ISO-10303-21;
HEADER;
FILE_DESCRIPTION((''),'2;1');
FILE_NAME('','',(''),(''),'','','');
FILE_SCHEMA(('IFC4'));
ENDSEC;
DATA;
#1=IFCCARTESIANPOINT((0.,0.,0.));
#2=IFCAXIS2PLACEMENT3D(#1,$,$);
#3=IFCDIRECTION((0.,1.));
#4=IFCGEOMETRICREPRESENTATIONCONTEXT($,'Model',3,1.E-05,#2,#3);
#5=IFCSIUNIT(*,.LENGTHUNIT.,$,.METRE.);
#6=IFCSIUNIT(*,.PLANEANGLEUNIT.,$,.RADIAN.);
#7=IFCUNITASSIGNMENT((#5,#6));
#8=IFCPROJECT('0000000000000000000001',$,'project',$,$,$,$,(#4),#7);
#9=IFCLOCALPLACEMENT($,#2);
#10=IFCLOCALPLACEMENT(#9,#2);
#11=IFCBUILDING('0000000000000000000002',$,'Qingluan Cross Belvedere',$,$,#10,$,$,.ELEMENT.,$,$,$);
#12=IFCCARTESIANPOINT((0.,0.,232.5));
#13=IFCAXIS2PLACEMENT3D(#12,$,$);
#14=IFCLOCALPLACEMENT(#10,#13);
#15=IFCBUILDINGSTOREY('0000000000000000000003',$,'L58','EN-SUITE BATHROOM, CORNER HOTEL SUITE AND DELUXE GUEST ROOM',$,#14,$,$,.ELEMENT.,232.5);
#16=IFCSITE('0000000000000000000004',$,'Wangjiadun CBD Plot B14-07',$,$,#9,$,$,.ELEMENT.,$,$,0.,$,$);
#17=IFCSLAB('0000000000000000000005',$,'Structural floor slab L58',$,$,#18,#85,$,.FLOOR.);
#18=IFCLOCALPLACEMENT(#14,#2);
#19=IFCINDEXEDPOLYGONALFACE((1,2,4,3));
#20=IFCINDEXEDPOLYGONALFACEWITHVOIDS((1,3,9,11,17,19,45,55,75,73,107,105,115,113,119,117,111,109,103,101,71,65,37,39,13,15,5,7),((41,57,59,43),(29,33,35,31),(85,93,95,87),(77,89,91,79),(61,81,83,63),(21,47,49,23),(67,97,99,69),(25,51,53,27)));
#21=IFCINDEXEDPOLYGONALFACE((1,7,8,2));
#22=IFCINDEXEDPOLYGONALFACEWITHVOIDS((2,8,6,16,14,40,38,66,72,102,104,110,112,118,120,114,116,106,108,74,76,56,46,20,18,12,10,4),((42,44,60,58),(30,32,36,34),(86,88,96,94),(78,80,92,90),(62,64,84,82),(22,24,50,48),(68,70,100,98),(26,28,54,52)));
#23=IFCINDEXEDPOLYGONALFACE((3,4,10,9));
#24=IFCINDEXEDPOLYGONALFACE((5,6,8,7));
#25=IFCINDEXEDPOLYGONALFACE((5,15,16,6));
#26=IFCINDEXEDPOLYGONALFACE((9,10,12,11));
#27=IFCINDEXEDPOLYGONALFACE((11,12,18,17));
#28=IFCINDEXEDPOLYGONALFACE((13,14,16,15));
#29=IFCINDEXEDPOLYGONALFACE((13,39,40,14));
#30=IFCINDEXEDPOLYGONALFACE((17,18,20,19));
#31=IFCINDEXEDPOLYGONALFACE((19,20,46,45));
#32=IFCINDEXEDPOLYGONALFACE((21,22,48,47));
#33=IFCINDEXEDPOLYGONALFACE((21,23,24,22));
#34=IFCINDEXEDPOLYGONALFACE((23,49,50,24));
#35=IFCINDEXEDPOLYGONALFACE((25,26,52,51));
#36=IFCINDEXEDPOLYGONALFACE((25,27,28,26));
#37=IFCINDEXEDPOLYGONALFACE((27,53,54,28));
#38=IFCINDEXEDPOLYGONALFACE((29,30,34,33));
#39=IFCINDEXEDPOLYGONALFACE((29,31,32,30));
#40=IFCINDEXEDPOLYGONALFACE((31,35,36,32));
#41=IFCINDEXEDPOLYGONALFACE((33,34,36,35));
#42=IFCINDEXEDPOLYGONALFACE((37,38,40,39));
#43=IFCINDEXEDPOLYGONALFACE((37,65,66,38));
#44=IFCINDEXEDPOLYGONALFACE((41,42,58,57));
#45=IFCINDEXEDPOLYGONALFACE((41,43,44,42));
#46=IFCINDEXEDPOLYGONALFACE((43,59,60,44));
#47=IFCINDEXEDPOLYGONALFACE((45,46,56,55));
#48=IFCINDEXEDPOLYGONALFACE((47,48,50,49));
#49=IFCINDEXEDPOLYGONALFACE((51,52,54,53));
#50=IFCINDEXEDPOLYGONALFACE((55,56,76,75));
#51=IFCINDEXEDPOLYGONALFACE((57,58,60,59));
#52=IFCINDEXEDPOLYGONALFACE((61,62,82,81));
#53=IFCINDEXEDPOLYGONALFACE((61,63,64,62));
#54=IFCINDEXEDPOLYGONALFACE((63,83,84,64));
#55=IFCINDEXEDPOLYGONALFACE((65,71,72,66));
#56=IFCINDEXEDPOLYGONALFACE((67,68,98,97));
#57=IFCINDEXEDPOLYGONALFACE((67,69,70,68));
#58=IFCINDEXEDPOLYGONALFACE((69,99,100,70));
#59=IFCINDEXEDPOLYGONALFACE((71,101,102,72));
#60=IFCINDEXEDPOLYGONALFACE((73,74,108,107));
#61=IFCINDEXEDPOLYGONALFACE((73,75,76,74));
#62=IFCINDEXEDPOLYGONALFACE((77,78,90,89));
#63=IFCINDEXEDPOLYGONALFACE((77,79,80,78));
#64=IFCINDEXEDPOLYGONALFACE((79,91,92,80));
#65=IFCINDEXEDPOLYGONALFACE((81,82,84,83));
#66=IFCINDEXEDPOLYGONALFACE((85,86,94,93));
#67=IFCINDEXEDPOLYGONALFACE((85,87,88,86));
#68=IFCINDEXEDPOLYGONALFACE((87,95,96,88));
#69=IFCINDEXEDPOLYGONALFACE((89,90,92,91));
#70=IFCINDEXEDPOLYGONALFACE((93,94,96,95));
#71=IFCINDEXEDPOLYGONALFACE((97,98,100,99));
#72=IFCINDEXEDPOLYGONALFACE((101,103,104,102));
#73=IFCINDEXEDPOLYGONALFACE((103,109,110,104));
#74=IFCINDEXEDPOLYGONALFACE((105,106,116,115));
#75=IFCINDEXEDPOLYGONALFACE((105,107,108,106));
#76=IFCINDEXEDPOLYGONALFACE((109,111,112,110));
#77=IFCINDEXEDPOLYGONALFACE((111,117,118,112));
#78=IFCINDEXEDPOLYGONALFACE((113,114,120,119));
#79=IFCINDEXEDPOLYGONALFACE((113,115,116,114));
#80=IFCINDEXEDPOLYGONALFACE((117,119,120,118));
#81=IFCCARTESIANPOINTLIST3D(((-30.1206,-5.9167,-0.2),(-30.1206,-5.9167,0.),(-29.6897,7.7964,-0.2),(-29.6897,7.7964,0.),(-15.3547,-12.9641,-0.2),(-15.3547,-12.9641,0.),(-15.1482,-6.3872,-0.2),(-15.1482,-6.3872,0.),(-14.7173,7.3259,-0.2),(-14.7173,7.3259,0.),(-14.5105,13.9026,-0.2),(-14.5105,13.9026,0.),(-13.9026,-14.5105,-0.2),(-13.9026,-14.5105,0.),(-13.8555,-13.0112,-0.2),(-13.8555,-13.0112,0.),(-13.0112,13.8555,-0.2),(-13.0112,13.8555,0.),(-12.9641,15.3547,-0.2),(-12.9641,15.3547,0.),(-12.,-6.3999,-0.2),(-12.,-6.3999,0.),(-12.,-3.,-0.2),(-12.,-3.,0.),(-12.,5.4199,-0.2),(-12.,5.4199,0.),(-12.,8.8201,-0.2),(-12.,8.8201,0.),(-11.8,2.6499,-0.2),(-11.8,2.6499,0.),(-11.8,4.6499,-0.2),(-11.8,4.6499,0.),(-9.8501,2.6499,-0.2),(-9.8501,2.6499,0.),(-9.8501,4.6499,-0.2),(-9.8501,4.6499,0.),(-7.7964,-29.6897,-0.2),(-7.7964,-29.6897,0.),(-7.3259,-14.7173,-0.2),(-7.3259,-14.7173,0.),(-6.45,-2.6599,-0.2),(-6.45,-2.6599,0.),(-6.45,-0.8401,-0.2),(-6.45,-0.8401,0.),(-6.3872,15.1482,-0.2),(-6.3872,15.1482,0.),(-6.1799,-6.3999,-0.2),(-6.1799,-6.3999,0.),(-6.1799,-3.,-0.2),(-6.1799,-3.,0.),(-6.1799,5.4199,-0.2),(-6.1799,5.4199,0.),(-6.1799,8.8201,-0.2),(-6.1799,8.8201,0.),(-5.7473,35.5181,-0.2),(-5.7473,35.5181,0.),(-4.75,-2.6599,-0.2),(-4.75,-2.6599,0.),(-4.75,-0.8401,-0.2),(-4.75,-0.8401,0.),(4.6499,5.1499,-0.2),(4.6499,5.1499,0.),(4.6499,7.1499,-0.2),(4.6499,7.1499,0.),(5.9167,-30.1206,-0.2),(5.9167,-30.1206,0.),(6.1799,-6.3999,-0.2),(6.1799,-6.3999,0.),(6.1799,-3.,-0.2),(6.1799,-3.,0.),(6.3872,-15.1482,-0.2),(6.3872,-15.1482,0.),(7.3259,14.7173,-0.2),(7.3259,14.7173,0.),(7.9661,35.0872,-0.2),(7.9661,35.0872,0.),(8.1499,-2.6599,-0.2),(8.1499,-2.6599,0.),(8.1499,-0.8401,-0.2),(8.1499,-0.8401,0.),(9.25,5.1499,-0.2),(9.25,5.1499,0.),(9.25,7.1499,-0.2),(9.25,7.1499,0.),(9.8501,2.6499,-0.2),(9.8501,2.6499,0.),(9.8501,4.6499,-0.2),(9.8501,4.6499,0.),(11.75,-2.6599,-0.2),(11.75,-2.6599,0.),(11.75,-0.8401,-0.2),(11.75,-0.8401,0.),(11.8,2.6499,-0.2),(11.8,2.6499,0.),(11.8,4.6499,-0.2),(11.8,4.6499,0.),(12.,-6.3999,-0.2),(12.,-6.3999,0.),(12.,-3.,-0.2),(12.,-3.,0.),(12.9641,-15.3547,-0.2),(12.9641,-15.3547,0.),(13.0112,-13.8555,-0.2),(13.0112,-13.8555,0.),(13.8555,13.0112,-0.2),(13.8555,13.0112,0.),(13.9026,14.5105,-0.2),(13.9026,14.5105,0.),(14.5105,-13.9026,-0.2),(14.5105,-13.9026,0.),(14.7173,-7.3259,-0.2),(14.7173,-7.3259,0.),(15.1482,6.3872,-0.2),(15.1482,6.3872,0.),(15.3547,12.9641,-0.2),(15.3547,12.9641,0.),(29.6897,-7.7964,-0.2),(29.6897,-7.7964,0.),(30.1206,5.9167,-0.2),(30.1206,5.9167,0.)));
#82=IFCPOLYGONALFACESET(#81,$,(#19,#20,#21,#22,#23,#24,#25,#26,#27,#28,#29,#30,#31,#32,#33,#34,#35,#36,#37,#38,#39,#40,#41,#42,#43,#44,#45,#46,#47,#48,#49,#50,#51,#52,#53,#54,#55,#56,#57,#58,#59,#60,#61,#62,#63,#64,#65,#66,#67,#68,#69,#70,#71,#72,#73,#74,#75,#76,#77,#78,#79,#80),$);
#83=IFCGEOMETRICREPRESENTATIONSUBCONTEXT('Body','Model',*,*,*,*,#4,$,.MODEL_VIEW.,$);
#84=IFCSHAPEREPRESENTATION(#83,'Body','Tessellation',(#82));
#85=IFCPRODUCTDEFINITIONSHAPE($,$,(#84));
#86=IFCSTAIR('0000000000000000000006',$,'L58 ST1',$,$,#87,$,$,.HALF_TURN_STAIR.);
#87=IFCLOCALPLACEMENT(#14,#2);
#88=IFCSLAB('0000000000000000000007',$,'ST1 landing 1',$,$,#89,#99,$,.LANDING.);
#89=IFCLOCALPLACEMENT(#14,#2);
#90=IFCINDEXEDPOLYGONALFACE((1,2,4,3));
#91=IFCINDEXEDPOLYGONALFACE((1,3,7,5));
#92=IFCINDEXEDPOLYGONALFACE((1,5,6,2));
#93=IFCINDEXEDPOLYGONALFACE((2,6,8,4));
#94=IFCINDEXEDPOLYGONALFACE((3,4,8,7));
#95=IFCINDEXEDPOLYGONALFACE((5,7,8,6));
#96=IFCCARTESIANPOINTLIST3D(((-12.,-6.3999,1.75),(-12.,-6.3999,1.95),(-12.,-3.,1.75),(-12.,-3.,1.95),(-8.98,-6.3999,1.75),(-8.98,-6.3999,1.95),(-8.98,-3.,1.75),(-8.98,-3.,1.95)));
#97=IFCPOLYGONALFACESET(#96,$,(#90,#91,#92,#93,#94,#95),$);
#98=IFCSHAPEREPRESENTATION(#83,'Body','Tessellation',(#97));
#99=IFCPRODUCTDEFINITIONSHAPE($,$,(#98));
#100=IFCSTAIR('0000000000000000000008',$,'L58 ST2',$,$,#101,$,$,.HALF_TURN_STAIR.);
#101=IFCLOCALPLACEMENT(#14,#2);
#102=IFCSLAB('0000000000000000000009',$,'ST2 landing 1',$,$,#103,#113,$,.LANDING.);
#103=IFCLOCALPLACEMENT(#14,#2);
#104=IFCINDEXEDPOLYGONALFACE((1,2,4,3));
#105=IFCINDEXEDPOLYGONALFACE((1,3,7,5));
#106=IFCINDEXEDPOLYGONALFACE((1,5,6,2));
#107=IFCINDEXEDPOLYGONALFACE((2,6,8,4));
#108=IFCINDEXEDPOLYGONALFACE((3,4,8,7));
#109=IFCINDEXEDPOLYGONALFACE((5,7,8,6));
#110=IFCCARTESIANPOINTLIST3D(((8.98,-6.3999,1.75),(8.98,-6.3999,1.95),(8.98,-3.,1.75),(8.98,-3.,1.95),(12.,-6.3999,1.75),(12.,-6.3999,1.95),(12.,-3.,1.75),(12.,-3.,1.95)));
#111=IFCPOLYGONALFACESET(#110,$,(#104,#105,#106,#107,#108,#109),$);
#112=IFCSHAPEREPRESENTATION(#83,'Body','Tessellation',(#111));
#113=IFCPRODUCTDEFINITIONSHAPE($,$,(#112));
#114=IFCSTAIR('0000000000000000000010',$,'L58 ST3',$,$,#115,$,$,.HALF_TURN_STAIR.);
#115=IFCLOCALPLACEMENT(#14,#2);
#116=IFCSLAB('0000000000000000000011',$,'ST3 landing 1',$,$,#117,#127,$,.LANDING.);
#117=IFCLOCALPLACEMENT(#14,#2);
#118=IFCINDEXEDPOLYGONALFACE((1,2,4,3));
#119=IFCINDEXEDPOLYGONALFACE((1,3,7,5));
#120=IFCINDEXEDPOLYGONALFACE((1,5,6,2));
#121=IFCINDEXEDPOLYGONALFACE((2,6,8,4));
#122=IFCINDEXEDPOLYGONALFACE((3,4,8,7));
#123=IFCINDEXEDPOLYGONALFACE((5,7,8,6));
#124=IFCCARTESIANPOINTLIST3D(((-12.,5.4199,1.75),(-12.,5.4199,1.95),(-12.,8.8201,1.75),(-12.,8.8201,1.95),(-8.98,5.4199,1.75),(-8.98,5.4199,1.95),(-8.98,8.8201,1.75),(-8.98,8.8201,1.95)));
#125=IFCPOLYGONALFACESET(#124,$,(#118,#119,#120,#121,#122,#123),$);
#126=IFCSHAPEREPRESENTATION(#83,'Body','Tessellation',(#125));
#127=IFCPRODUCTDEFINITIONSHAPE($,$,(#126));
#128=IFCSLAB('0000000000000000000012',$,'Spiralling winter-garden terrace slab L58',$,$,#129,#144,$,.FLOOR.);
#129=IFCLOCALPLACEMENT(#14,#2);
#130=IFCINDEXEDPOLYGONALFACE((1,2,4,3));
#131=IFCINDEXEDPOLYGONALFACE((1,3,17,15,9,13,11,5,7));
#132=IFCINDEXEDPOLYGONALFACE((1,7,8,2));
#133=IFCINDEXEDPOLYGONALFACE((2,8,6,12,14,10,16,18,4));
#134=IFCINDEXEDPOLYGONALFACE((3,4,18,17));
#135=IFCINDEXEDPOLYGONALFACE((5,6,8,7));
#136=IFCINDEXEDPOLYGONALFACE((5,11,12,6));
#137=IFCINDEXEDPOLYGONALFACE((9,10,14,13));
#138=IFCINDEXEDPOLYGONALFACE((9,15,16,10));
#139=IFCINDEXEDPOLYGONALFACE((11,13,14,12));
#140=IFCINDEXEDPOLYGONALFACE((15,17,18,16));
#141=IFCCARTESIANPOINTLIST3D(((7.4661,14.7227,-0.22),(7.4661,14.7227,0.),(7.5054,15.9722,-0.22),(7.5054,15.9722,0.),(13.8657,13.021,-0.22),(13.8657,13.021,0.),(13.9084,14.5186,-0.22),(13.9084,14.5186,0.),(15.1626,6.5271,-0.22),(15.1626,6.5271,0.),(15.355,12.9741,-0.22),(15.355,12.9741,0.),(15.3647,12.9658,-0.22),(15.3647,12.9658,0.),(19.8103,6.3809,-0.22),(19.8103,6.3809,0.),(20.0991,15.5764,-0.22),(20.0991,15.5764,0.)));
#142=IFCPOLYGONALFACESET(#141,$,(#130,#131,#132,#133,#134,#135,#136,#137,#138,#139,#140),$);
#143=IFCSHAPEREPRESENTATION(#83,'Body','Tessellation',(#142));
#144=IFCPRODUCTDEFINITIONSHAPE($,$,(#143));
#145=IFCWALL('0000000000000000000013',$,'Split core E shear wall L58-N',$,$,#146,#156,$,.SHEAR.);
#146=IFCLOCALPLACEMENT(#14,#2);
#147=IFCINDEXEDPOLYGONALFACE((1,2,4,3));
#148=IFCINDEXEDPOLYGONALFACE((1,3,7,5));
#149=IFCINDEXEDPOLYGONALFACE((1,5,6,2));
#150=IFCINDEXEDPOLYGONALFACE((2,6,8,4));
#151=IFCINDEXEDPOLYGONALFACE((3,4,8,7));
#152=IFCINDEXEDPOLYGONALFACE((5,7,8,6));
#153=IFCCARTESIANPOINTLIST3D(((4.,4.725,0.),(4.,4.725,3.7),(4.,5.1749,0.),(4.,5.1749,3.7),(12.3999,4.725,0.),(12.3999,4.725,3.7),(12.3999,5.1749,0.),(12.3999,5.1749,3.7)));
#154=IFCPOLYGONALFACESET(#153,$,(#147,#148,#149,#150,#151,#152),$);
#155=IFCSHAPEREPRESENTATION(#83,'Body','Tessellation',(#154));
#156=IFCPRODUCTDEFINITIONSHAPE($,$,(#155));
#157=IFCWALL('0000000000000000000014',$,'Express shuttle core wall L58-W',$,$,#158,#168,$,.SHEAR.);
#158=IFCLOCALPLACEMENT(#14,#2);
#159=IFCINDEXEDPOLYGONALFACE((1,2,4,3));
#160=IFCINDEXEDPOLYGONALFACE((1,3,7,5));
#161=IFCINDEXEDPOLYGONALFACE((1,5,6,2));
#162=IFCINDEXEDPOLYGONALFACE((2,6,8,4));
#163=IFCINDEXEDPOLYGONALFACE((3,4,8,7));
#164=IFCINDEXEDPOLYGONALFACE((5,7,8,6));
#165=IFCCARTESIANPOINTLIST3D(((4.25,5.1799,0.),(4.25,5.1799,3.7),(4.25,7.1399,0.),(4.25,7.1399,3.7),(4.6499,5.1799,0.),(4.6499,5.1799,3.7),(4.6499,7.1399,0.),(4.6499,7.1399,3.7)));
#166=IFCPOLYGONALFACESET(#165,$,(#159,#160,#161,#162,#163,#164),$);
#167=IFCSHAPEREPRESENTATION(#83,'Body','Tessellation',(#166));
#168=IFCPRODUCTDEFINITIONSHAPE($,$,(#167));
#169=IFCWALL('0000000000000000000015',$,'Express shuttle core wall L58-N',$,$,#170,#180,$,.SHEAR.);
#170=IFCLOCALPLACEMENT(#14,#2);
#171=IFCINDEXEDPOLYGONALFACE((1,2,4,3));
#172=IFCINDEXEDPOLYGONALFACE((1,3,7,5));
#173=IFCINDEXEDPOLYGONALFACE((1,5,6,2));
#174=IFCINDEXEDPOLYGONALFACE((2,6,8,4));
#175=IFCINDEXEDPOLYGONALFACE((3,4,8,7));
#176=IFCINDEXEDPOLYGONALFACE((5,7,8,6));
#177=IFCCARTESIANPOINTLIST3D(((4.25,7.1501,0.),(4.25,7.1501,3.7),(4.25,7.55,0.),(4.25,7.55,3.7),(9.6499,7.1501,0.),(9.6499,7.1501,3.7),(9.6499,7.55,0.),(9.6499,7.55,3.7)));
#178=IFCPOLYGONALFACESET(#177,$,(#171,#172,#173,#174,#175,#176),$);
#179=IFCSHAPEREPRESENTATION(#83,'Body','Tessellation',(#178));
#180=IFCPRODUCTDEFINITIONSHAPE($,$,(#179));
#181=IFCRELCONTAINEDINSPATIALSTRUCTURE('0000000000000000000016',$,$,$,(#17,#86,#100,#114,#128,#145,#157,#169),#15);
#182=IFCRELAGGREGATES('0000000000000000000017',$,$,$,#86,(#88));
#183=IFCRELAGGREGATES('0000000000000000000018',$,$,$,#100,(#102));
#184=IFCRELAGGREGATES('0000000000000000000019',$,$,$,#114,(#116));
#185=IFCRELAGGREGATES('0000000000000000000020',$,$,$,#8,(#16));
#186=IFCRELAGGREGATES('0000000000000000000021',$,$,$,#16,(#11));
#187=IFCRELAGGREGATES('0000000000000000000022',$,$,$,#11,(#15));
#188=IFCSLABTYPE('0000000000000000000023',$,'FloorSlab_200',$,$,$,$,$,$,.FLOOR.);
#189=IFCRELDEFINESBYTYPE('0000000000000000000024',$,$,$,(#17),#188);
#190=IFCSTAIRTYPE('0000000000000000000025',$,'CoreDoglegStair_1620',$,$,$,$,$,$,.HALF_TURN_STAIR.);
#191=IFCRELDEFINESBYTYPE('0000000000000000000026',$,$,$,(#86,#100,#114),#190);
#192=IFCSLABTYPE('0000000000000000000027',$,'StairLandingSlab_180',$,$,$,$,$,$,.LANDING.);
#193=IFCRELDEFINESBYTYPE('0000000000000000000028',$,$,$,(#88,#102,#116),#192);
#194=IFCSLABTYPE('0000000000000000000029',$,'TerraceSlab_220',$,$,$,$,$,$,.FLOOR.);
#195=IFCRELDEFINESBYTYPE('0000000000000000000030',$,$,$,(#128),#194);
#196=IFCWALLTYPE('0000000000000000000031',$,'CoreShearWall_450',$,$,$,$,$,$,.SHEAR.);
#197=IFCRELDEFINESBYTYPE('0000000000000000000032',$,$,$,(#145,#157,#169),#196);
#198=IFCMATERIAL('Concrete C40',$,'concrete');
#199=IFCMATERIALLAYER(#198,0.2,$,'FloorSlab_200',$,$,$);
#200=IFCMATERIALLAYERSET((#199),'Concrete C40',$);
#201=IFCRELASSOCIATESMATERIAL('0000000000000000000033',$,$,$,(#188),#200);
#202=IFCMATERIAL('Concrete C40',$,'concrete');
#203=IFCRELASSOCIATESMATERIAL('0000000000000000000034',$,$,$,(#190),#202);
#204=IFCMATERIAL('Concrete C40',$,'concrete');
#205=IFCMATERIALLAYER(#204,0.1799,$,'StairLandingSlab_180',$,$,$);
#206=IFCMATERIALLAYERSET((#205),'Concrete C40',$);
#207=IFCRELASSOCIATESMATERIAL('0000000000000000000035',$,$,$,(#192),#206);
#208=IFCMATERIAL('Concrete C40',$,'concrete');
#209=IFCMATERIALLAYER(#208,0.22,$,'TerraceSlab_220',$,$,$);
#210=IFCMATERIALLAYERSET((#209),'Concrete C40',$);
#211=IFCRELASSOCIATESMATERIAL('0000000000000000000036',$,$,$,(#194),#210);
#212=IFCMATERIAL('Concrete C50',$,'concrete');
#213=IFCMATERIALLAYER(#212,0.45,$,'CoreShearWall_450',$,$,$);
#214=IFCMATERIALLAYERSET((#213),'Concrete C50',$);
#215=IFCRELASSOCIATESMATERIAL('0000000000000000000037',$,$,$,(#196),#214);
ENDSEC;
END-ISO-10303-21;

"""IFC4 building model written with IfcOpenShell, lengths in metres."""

from ifc_helpers import new_model, si_unit, direction, frame, frame_2d, origin, place, context, subcontext, project, spatial, polyline, rectangle, outline, extrude, material, layer, layer_set, type_object, element, aggregate, save


model = new_model("IFC4")

# Units and contexts
model_context = context("Model", 3, precision=1e-05, world=origin(), true_north=direction((0.0, 1.0)))
body_context = subcontext(model_context, "Body", "Model", "MODEL_VIEW")
ifc_project = project(units=[si_unit("LENGTHUNIT", "METRE"), si_unit("PLANEANGLEUNIT", "RADIAN")], contexts=[model_context])

# Site, building, storey
site_placement = place(None, origin())
site = spatial("IfcSite", under=ifc_project, at=site_placement, Name="Wangjiadun CBD Plot B14-07", CompositionType="ELEMENT", RefElevation=0.0)
building_placement = place(site_placement, origin())
building = spatial("IfcBuilding", under=site, at=building_placement, Name="Qingluan Cross Belvedere", CompositionType="ELEMENT")
storey_placement = place(building_placement, frame((0.0, 0.0, 232.5)))
storey = spatial("IfcBuildingStorey", under=building, at=storey_placement, Name="L58", Description="EN-SUITE BATHROOM, CORNER HOTEL SUITE AND DELUXE GUEST ROOM", CompositionType="ELEMENT", Elevation=232.5)

# Slab
ifc_material_1 = material(Name="Concrete C40", Category="concrete")
ifc_layer_1 = layer(ifc_material_1, 0.2, Name="FloorSlab_200")
ifc_layer_set_1 = layer_set([ifc_layer_1], Name="Concrete C40")
slab_type_1 = type_object("IfcSlabType", Name="FloorSlab_200", PredefinedType="FLOOR", material=ifc_layer_set_1)
slab_1_placement = place(storey_placement, frame((0.0, 0.0, -0.2)))
element("IfcSlab", 1, at=slab_1_placement, inside=storey, type_object=slab_type_1, Name="Structural floor slab L58", PredefinedType="FLOOR", context=body_context, shape_type="SweptSolid", body=[
    extrude(outline(polyline([(5.9167, -30.1206), (6.3872, -15.1482), (12.9641, -15.3547), (13.0112, -13.8555), (14.5105, -13.9026), (14.7173, -7.3259), (29.6897, -7.7964), (30.1206, 5.9167), (15.1482, 6.3872), (15.3547, 12.9641), (13.8555, 13.0112), (13.9026, 14.5105), (7.3259, 14.7173), (7.9661, 35.0872), (-5.7473, 35.5181), (-6.3872, 15.1482), (-12.9641, 15.3547), (-13.0112, 13.8555), (-14.5105, 13.9026), (-14.7173, 7.3259), (-29.6897, 7.7964), (-30.1206, -5.9167), (-15.1482, -6.3872), (-15.3547, -12.9641), (-13.8555, -13.0112), (-13.9026, -14.5105), (-7.3259, -14.7173), (-7.7964, -29.6897), (5.9167, -30.1206)]), holes=[polyline([(-12.0, -3.0), (-6.1799, -3.0), (-6.1799, -6.3999), (-12.0, -6.3999), (-12.0, -3.0)]), polyline([(6.1799, -3.0), (12.0, -3.0), (12.0, -6.3999), (6.1799, -6.3999), (6.1799, -3.0)]), polyline([(-12.0, 8.8201), (-6.1799, 8.8201), (-6.1799, 5.4199), (-12.0, 5.4199), (-12.0, 8.8201)]), polyline([(-11.8, 4.6499), (-9.8501, 4.6499), (-9.8501, 2.6499), (-11.8, 2.6499), (-11.8, 4.6499)]), polyline([(9.8501, 4.6499), (11.8, 4.6499), (11.8, 2.6499), (9.8501, 2.6499), (9.8501, 4.6499)]), polyline([(-6.45, -0.8401), (-4.75, -0.8401), (-4.75, -2.6599), (-6.45, -2.6599), (-6.45, -0.8401)]), polyline([(8.1499, -0.8401), (11.75, -0.8401), (11.75, -2.6599), (8.1499, -2.6599), (8.1499, -0.8401)]), polyline([(4.6499, 7.1499), (9.25, 7.1499), (9.25, 5.1499), (4.6499, 5.1499), (4.6499, 7.1499)])]), origin(), (0.0, 0.0, 1.0), 0.2),
])

# Stairs, slabs
ifc_material_2 = material(Name="Concrete C40", Category="concrete")
stair_type = type_object("IfcStairType", Name="CoreDoglegStair_1620", PredefinedType="HALF_TURN_STAIR", material=ifc_material_2)
stair_1_placement = place(storey_placement, origin())
stair_1 = element("IfcStair", 2, at=stair_1_placement, inside=storey, type_object=stair_type, Name="L58 ST1", PredefinedType="HALF_TURN_STAIR")
ifc_material_3 = material(Name="Concrete C40", Category="concrete")
ifc_layer_2 = layer(ifc_material_3, 0.1799, Name="StairLandingSlab_180")
ifc_layer_set_2 = layer_set([ifc_layer_2], Name="Concrete C40")
slab_type_2 = type_object("IfcSlabType", Name="StairLandingSlab_180", PredefinedType="LANDING", material=ifc_layer_set_2)
slab_2_placement = place(storey_placement, frame((0.0, 0.0, 1.75)))
slab_2 = element("IfcSlab", 3, at=slab_2_placement, type_object=slab_type_2, Name="ST1 landing 1", PredefinedType="LANDING", context=body_context, shape_type="SweptSolid", body=[
    extrude(outline(polyline([(-8.98, -3.0), (-12.0, -3.0), (-12.0, -6.3999), (-8.98, -6.3999), (-8.98, -3.0)])), origin(), (0.0, 0.0, 1.0), 0.2),
])
aggregate(stair_1, [slab_2])
stair_2_placement = place(storey_placement, origin())
stair_2 = element("IfcStair", 4, at=stair_2_placement, inside=storey, type_object=stair_type, Name="L58 ST2", PredefinedType="HALF_TURN_STAIR")
slab_3_placement = place(storey_placement, frame((0.0, 0.0, 1.75)))
slab_3 = element("IfcSlab", 5, at=slab_3_placement, type_object=slab_type_2, Name="ST2 landing 1", PredefinedType="LANDING", context=body_context, shape_type="SweptSolid", body=[
    extrude(outline(polyline([(8.98, -6.3999), (12.0, -6.3999), (12.0, -3.0), (8.98, -3.0), (8.98, -6.3999)])), origin(), (0.0, 0.0, 1.0), 0.2),
])
aggregate(stair_2, [slab_3])
stair_3_placement = place(storey_placement, origin())
stair_3 = element("IfcStair", 6, at=stair_3_placement, inside=storey, type_object=stair_type, Name="L58 ST3", PredefinedType="HALF_TURN_STAIR")
slab_4_placement = place(storey_placement, frame((0.0, 0.0, 1.75)))
slab_4 = element("IfcSlab", 7, at=slab_4_placement, type_object=slab_type_2, Name="ST3 landing 1", PredefinedType="LANDING", context=body_context, shape_type="SweptSolid", body=[
    extrude(outline(polyline([(-8.98, 8.8201), (-12.0, 8.8201), (-12.0, 5.4199), (-8.98, 5.4199), (-8.98, 8.8201)])), origin(), (0.0, 0.0, 1.0), 0.2),
])
aggregate(stair_3, [slab_4])

# Slab
ifc_material_4 = material(Name="Concrete C40", Category="concrete")
ifc_layer_3 = layer(ifc_material_4, 0.22, Name="TerraceSlab_220")
ifc_layer_set_3 = layer_set([ifc_layer_3], Name="Concrete C40")
slab_type_3 = type_object("IfcSlabType", Name="TerraceSlab_220", PredefinedType="FLOOR", material=ifc_layer_set_3)
slab_5_placement = place(storey_placement, frame((0.0, 0.0, -0.22)))
element("IfcSlab", 8, at=slab_5_placement, inside=storey, type_object=slab_type_3, Name="Spiralling winter-garden terrace slab L58", PredefinedType="FLOOR", context=body_context, shape_type="SweptSolid", body=[
    extrude(outline(polyline([(7.4661, 14.7227), (13.9084, 14.5186), (13.8657, 13.021), (15.355, 12.9741), (15.3647, 12.9658), (15.1626, 6.5271), (19.8103, 6.3809), (20.0991, 15.5764), (7.5054, 15.9722), (7.4661, 14.7227)])), origin(), (0.0, 0.0, 1.0), 0.22),
])

# Walls
ifc_material_5 = material(Name="Concrete C50", Category="concrete")
ifc_layer_4 = layer(ifc_material_5, 0.45, Name="CoreShearWall_450")
ifc_layer_set_4 = layer_set([ifc_layer_4], Name="Concrete C50")
wall_type_1 = type_object("IfcWallType", Name="CoreShearWall_450", PredefinedType="SHEAR", material=ifc_layer_set_4)
wall_1_placement = place(storey_placement, frame((4.0, 4.95, 0.0), z_axis=(0.0, 0.0, 1.0), x_axis=(1.0, 0.0, 0.0)))
element("IfcWall", 9, at=wall_1_placement, inside=storey, type_object=wall_type_1, Name="Split core E shear wall L58-N", PredefinedType="SHEAR", context=body_context, shape_type="SweptSolid", body=[
    extrude(rectangle(XDim=8.3999, YDim=0.45, at=frame_2d((4.2, 0.0))), origin(), (0.0, 0.0, 1.0), 3.7),
])
wall_2_placement = place(storey_placement, frame((4.45, 5.1799, 0.0), z_axis=(0.0, 0.0, 1.0), x_axis=(0.0, 1.0, 0.0)))
element("IfcWall", 10, at=wall_2_placement, inside=storey, type_object=wall_type_1, Name="Express shuttle core wall L58-W", PredefinedType="SHEAR", context=body_context, shape_type="SweptSolid", body=[
    extrude(rectangle(XDim=1.96, YDim=0.3999, at=frame_2d((0.98, 0.0))), origin(), (0.0, 0.0, 1.0), 3.7),
])
wall_3_placement = place(storey_placement, frame((4.25, 7.3501, 0.0), z_axis=(0.0, 0.0, 1.0), x_axis=(1.0, 0.0, 0.0)))
element("IfcWall", 11, at=wall_3_placement, inside=storey, type_object=wall_type_1, Name="Express shuttle core wall L58-N", PredefinedType="SHEAR", context=body_context, shape_type="SweptSolid", body=[
    extrude(rectangle(XDim=5.3999, YDim=0.3999, at=frame_2d((2.7, 0.0))), origin(), (0.0, 0.0, 1.0), 3.7),
])

save(model, "model.ifc")
